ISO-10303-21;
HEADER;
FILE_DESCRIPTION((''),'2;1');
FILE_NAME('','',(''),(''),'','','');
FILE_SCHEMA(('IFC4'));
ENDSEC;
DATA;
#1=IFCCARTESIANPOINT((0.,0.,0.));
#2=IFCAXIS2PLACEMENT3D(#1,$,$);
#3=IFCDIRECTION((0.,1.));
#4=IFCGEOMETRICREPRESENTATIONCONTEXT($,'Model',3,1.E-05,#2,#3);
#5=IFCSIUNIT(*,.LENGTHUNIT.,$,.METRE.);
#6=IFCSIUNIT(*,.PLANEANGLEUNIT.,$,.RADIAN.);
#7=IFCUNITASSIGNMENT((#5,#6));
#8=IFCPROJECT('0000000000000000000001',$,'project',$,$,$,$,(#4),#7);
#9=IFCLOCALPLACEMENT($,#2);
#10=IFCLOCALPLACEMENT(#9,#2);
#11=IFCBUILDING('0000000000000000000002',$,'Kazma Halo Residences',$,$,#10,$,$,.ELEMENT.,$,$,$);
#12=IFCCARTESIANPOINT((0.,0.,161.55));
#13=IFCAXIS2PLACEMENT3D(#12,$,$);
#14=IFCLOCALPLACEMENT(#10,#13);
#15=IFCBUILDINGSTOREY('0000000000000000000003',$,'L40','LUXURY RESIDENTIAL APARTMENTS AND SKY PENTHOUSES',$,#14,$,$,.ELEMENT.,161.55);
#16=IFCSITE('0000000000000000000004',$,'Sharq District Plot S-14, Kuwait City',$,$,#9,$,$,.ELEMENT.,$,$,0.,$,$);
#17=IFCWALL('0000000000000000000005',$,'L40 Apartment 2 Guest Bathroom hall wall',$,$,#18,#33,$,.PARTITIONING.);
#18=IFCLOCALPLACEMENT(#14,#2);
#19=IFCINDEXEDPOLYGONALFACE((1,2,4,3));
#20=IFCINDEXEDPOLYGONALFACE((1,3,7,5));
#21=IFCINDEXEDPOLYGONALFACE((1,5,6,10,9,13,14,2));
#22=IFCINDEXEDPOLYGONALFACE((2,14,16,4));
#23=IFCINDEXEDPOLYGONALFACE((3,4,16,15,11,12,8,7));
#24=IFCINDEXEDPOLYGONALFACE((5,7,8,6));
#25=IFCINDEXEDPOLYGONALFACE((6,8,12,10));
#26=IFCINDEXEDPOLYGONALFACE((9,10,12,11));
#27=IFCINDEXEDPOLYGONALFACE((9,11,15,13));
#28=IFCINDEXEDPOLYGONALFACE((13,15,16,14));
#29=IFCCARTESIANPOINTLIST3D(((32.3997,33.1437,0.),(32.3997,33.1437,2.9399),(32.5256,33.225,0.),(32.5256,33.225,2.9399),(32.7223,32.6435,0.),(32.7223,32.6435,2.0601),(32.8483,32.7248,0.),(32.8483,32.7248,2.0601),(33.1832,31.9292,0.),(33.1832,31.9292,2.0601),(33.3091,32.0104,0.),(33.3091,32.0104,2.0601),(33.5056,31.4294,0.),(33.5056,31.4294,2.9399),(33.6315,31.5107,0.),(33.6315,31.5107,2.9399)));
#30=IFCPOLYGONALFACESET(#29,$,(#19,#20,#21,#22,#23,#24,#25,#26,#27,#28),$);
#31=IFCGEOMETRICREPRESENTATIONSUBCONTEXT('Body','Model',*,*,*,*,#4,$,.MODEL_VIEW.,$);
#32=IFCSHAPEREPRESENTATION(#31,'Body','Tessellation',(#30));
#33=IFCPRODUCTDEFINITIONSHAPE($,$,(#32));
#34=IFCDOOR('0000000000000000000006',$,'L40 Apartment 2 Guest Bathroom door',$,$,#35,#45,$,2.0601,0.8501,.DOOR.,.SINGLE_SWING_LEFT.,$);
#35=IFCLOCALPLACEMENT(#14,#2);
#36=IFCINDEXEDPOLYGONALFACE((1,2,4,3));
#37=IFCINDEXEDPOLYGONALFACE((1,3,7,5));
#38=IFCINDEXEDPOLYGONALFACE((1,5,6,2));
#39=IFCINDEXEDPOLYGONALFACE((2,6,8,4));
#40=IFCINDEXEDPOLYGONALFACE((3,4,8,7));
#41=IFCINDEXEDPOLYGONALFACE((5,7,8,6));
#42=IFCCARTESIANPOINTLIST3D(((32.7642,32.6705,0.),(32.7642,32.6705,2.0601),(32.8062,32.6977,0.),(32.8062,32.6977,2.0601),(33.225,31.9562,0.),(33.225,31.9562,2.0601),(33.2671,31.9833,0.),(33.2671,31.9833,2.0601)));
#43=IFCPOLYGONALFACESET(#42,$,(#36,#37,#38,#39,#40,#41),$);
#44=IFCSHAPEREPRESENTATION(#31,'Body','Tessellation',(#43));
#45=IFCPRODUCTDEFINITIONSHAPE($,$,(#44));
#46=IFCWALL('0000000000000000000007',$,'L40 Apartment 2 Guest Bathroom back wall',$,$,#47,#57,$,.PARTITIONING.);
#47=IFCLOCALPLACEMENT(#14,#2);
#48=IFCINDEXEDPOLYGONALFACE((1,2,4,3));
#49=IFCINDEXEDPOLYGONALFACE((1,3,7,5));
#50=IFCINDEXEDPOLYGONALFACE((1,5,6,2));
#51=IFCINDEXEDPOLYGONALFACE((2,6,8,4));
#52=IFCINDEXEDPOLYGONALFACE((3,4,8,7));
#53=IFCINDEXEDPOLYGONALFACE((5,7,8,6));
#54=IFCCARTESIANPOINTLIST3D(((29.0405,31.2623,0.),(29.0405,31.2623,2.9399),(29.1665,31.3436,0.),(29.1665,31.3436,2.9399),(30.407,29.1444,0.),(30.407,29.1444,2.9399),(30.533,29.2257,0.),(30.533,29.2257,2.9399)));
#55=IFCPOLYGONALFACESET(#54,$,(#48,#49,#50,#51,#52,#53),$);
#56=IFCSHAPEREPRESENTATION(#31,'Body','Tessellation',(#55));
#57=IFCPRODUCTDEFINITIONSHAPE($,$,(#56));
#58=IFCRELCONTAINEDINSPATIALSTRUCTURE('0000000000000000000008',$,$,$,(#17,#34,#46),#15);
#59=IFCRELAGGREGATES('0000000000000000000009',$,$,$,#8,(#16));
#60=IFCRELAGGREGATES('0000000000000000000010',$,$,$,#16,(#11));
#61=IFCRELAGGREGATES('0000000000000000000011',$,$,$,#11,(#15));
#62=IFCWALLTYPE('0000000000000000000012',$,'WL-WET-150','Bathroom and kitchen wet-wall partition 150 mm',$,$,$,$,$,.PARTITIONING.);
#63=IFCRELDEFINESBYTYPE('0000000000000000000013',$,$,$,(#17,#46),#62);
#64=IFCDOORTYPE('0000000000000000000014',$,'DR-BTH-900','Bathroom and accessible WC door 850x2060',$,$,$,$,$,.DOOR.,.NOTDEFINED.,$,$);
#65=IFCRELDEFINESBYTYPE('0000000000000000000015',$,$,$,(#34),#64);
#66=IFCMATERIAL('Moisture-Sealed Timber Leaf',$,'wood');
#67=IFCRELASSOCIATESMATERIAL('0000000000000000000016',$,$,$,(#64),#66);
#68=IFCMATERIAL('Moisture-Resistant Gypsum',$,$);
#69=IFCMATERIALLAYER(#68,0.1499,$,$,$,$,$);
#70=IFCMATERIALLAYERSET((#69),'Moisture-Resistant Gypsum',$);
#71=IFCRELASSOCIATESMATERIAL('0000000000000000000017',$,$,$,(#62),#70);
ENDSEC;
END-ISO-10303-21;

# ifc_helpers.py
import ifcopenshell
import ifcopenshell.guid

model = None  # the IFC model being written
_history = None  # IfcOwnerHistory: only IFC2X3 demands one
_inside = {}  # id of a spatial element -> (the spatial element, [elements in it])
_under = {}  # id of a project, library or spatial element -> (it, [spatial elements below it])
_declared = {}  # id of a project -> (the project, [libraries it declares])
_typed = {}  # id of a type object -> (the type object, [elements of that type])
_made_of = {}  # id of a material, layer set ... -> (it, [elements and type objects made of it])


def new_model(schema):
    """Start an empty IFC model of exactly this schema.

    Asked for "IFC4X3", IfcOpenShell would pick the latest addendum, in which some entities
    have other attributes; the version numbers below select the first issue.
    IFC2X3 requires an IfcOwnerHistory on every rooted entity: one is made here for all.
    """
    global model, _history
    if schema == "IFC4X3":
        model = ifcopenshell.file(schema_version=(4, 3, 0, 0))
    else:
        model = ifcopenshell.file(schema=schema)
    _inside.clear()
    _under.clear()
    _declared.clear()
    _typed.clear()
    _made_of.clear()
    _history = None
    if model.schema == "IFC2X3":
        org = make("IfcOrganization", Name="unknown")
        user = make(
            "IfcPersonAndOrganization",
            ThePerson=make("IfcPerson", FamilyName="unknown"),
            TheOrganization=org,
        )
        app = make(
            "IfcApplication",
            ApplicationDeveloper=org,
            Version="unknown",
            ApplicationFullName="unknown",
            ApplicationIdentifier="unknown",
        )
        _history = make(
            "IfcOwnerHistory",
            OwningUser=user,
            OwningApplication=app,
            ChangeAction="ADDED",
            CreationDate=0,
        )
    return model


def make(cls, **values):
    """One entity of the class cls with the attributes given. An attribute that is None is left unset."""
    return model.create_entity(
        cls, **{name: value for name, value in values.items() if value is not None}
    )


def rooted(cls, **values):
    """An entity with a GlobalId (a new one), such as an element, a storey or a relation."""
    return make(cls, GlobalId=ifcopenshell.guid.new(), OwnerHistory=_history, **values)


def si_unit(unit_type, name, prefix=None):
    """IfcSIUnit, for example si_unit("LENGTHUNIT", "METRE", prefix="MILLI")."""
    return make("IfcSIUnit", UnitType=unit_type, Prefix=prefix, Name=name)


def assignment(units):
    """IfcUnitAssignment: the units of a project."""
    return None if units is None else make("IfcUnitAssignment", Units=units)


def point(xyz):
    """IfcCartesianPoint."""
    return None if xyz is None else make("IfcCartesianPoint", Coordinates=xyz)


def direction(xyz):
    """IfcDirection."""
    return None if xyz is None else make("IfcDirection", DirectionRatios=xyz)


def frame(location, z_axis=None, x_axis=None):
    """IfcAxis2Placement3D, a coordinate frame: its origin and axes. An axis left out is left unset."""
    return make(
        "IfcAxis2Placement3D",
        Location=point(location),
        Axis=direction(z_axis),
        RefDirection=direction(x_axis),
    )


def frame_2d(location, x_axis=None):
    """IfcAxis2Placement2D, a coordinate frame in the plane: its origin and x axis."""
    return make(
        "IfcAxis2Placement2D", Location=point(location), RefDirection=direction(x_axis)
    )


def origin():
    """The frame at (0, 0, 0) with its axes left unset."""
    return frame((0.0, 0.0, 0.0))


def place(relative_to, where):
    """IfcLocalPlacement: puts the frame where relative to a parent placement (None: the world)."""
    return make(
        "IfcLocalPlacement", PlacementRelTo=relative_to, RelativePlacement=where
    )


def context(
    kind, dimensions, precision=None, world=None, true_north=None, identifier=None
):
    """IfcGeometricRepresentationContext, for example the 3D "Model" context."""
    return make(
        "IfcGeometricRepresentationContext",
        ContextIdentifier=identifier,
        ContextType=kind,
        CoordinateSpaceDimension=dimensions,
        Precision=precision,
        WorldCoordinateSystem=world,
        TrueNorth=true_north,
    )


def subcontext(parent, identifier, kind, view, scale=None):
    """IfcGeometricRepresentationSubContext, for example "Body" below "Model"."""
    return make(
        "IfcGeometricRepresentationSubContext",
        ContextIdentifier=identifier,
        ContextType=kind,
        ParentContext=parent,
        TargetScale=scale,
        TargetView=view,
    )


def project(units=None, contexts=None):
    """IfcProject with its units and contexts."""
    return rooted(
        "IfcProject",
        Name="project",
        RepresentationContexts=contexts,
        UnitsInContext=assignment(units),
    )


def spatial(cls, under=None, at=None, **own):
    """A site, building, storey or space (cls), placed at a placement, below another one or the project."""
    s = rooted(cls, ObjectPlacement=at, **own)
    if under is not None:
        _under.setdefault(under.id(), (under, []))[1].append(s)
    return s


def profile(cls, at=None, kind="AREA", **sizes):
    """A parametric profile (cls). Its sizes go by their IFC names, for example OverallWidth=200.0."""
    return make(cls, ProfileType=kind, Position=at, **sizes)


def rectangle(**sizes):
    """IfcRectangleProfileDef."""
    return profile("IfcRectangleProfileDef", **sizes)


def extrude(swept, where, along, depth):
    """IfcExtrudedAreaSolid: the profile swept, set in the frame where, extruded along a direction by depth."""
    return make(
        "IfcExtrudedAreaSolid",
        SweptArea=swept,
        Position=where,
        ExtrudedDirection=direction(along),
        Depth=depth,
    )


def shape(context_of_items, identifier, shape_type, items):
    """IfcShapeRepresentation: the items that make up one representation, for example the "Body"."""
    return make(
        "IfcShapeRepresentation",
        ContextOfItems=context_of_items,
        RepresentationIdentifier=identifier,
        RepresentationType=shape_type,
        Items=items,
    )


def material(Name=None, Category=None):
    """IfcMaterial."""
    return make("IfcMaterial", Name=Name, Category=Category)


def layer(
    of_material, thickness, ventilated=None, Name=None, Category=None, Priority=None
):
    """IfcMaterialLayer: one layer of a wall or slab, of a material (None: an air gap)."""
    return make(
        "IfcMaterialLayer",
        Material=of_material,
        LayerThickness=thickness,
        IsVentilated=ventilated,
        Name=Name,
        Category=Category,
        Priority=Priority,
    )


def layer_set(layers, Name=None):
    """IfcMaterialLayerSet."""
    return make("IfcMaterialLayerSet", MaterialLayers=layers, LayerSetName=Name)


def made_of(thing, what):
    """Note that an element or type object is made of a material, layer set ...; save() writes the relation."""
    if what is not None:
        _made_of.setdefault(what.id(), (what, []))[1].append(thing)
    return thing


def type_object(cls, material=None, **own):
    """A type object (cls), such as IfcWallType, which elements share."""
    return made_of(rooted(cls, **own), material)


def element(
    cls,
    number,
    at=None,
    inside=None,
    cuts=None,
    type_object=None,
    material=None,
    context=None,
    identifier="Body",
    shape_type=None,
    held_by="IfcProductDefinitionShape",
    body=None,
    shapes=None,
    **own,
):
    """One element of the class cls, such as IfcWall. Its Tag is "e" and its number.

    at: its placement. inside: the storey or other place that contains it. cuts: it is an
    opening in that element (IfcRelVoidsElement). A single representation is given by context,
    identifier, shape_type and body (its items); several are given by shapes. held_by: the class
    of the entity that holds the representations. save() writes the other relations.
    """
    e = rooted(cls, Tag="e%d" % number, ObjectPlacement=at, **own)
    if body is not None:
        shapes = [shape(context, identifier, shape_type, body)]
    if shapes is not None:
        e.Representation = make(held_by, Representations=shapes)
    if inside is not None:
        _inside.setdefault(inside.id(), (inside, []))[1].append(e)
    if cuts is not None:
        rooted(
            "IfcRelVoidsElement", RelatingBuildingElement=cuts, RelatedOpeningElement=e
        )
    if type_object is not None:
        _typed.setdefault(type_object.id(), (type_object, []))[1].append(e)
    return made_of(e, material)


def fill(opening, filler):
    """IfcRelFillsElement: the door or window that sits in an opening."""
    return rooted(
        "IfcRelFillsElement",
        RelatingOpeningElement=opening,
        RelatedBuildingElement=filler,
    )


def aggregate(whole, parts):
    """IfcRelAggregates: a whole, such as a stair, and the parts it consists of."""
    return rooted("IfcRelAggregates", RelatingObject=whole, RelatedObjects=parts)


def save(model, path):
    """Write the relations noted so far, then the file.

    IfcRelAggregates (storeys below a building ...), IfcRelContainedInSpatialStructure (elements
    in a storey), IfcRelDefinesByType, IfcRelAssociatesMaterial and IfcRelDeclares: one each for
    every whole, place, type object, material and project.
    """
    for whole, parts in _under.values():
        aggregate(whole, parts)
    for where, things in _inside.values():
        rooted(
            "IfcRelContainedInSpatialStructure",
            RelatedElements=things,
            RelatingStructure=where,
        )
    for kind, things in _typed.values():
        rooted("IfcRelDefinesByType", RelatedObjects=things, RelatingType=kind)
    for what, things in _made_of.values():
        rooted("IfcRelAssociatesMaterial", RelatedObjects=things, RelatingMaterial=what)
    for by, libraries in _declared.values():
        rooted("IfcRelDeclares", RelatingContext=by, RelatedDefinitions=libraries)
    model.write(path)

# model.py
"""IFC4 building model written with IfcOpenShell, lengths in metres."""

from ifc_helpers import new_model, si_unit, direction, frame, frame_2d, origin, place, context, subcontext, project, spatial, rectangle, extrude, material, layer, layer_set, type_object, element, fill, save


model = new_model("IFC4")

# Units and contexts
model_context = context("Model", 3, precision=1e-05, world=origin(), true_north=direction((0.0, 1.0)))
body_context = subcontext(model_context, "Body", "Model", "MODEL_VIEW")
ifc_project = project(units=[si_unit("LENGTHUNIT", "METRE"), si_unit("PLANEANGLEUNIT", "RADIAN")], contexts=[model_context])

# Site, building, storey
site_placement = place(None, origin())
site = spatial("IfcSite", under=ifc_project, at=site_placement, Name="Sharq District Plot S-14, Kuwait City", CompositionType="ELEMENT", RefElevation=0.0)
building_placement = place(site_placement, origin())
building = spatial("IfcBuilding", under=site, at=building_placement, Name="Kazma Halo Residences", CompositionType="ELEMENT")
storey_placement = place(building_placement, frame((0.0, 0.0, 161.55)))
storey = spatial("IfcBuildingStorey", under=building, at=storey_placement, Name="L40", Description="LUXURY RESIDENTIAL APARTMENTS AND SKY PENTHOUSES", CompositionType="ELEMENT", Elevation=161.55)

# Wall, opening, door
ifc_material_1 = material(Name="Moisture-Sealed Timber Leaf", Category="wood")
door_type = type_object("IfcDoorType", Name="DR-BTH-900", Description="Bathroom and accessible WC door 850x2060", OperationType="NOTDEFINED", PredefinedType="DOOR", material=ifc_material_1)
ifc_material_2 = material(Name="Moisture-Resistant Gypsum")
ifc_layer_1 = layer(ifc_material_2, 0.1499)
ifc_layer_set_1 = layer_set([ifc_layer_1], Name="Moisture-Resistant Gypsum")
wall_type_1 = type_object("IfcWallType", Name="WL-WET-150", Description="Bathroom and kitchen wet-wall partition 150 mm", PredefinedType="PARTITIONING", material=ifc_layer_set_1)
wall_1_placement = place(storey_placement, frame((32.4626, 33.1843, 0.0), z_axis=(0.0, 0.0, 1.0), x_axis=(0.5421, -0.840314, 0.0)))
wall_1 = element("IfcWall", 1, at=wall_1_placement, inside=storey, type_object=wall_type_1, Name="L40 Apartment 2 Guest Bathroom hall wall", PredefinedType="PARTITIONING", context=body_context, shape_type="SweptSolid", body=[
    extrude(rectangle(XDim=2.04, YDim=0.1499, at=frame_2d((1.02, 0.0))), origin(), (0.0, 0.0, 1.0), 2.9399),
])
opening_1_placement = place(wall_1_placement, frame((0.5952, 0.0, 0.0)))
opening_1 = element("IfcOpeningElement", 2, at=opening_1_placement, cuts=wall_1, PredefinedType="OPENING", context=body_context, shape_type="SweptSolid", body=[
    extrude(rectangle(XDim=0.8501, YDim=2.0601, at=frame_2d((0.425, 1.03))), frame((0.0, 0.085, 0.0), z_axis=(0.0, -1.0, 0.0), x_axis=(1.0, 0.0, 0.0)), (0.0, 0.0, 1.0), 0.1699),
])
door_1_placement = place(opening_1_placement, origin())
door_1 = element("IfcDoor", 3, at=door_1_placement, inside=storey, type_object=door_type, Name="L40 Apartment 2 Guest Bathroom door", OperationType="SINGLE_SWING_LEFT", OverallHeight=2.0601, OverallWidth=0.8501, PredefinedType="DOOR", context=body_context, shape_type="SweptSolid", body=[
    extrude(rectangle(XDim=0.8501, YDim=2.0601, at=frame_2d((0.425, 1.03))), frame((0.0, 0.0249, 0.0), z_axis=(0.0, -1.0, 0.0), x_axis=(1.0, 0.0, 0.0)), (0.0, 0.0, 1.0), 0.05),
])
fill(opening_1, door_1)

# Wall
wall_2_placement = place(storey_placement, frame((29.1035, 31.303, 0.0), z_axis=(0.0, 0.0, 1.0), x_axis=(0.542142, -0.840287, 0.0)))
element("IfcWall", 4, at=wall_2_placement, inside=storey, type_object=wall_type_1, Name="L40 Apartment 2 Guest Bathroom back wall", PredefinedType="PARTITIONING", context=body_context, shape_type="SweptSolid", body=[
    extrude(rectangle(XDim=2.5205, YDim=0.1499, at=frame_2d((1.2603, 0.0))), origin(), (0.0, 0.0, 1.0), 2.9399),
])

save(model, "model.ifc")
